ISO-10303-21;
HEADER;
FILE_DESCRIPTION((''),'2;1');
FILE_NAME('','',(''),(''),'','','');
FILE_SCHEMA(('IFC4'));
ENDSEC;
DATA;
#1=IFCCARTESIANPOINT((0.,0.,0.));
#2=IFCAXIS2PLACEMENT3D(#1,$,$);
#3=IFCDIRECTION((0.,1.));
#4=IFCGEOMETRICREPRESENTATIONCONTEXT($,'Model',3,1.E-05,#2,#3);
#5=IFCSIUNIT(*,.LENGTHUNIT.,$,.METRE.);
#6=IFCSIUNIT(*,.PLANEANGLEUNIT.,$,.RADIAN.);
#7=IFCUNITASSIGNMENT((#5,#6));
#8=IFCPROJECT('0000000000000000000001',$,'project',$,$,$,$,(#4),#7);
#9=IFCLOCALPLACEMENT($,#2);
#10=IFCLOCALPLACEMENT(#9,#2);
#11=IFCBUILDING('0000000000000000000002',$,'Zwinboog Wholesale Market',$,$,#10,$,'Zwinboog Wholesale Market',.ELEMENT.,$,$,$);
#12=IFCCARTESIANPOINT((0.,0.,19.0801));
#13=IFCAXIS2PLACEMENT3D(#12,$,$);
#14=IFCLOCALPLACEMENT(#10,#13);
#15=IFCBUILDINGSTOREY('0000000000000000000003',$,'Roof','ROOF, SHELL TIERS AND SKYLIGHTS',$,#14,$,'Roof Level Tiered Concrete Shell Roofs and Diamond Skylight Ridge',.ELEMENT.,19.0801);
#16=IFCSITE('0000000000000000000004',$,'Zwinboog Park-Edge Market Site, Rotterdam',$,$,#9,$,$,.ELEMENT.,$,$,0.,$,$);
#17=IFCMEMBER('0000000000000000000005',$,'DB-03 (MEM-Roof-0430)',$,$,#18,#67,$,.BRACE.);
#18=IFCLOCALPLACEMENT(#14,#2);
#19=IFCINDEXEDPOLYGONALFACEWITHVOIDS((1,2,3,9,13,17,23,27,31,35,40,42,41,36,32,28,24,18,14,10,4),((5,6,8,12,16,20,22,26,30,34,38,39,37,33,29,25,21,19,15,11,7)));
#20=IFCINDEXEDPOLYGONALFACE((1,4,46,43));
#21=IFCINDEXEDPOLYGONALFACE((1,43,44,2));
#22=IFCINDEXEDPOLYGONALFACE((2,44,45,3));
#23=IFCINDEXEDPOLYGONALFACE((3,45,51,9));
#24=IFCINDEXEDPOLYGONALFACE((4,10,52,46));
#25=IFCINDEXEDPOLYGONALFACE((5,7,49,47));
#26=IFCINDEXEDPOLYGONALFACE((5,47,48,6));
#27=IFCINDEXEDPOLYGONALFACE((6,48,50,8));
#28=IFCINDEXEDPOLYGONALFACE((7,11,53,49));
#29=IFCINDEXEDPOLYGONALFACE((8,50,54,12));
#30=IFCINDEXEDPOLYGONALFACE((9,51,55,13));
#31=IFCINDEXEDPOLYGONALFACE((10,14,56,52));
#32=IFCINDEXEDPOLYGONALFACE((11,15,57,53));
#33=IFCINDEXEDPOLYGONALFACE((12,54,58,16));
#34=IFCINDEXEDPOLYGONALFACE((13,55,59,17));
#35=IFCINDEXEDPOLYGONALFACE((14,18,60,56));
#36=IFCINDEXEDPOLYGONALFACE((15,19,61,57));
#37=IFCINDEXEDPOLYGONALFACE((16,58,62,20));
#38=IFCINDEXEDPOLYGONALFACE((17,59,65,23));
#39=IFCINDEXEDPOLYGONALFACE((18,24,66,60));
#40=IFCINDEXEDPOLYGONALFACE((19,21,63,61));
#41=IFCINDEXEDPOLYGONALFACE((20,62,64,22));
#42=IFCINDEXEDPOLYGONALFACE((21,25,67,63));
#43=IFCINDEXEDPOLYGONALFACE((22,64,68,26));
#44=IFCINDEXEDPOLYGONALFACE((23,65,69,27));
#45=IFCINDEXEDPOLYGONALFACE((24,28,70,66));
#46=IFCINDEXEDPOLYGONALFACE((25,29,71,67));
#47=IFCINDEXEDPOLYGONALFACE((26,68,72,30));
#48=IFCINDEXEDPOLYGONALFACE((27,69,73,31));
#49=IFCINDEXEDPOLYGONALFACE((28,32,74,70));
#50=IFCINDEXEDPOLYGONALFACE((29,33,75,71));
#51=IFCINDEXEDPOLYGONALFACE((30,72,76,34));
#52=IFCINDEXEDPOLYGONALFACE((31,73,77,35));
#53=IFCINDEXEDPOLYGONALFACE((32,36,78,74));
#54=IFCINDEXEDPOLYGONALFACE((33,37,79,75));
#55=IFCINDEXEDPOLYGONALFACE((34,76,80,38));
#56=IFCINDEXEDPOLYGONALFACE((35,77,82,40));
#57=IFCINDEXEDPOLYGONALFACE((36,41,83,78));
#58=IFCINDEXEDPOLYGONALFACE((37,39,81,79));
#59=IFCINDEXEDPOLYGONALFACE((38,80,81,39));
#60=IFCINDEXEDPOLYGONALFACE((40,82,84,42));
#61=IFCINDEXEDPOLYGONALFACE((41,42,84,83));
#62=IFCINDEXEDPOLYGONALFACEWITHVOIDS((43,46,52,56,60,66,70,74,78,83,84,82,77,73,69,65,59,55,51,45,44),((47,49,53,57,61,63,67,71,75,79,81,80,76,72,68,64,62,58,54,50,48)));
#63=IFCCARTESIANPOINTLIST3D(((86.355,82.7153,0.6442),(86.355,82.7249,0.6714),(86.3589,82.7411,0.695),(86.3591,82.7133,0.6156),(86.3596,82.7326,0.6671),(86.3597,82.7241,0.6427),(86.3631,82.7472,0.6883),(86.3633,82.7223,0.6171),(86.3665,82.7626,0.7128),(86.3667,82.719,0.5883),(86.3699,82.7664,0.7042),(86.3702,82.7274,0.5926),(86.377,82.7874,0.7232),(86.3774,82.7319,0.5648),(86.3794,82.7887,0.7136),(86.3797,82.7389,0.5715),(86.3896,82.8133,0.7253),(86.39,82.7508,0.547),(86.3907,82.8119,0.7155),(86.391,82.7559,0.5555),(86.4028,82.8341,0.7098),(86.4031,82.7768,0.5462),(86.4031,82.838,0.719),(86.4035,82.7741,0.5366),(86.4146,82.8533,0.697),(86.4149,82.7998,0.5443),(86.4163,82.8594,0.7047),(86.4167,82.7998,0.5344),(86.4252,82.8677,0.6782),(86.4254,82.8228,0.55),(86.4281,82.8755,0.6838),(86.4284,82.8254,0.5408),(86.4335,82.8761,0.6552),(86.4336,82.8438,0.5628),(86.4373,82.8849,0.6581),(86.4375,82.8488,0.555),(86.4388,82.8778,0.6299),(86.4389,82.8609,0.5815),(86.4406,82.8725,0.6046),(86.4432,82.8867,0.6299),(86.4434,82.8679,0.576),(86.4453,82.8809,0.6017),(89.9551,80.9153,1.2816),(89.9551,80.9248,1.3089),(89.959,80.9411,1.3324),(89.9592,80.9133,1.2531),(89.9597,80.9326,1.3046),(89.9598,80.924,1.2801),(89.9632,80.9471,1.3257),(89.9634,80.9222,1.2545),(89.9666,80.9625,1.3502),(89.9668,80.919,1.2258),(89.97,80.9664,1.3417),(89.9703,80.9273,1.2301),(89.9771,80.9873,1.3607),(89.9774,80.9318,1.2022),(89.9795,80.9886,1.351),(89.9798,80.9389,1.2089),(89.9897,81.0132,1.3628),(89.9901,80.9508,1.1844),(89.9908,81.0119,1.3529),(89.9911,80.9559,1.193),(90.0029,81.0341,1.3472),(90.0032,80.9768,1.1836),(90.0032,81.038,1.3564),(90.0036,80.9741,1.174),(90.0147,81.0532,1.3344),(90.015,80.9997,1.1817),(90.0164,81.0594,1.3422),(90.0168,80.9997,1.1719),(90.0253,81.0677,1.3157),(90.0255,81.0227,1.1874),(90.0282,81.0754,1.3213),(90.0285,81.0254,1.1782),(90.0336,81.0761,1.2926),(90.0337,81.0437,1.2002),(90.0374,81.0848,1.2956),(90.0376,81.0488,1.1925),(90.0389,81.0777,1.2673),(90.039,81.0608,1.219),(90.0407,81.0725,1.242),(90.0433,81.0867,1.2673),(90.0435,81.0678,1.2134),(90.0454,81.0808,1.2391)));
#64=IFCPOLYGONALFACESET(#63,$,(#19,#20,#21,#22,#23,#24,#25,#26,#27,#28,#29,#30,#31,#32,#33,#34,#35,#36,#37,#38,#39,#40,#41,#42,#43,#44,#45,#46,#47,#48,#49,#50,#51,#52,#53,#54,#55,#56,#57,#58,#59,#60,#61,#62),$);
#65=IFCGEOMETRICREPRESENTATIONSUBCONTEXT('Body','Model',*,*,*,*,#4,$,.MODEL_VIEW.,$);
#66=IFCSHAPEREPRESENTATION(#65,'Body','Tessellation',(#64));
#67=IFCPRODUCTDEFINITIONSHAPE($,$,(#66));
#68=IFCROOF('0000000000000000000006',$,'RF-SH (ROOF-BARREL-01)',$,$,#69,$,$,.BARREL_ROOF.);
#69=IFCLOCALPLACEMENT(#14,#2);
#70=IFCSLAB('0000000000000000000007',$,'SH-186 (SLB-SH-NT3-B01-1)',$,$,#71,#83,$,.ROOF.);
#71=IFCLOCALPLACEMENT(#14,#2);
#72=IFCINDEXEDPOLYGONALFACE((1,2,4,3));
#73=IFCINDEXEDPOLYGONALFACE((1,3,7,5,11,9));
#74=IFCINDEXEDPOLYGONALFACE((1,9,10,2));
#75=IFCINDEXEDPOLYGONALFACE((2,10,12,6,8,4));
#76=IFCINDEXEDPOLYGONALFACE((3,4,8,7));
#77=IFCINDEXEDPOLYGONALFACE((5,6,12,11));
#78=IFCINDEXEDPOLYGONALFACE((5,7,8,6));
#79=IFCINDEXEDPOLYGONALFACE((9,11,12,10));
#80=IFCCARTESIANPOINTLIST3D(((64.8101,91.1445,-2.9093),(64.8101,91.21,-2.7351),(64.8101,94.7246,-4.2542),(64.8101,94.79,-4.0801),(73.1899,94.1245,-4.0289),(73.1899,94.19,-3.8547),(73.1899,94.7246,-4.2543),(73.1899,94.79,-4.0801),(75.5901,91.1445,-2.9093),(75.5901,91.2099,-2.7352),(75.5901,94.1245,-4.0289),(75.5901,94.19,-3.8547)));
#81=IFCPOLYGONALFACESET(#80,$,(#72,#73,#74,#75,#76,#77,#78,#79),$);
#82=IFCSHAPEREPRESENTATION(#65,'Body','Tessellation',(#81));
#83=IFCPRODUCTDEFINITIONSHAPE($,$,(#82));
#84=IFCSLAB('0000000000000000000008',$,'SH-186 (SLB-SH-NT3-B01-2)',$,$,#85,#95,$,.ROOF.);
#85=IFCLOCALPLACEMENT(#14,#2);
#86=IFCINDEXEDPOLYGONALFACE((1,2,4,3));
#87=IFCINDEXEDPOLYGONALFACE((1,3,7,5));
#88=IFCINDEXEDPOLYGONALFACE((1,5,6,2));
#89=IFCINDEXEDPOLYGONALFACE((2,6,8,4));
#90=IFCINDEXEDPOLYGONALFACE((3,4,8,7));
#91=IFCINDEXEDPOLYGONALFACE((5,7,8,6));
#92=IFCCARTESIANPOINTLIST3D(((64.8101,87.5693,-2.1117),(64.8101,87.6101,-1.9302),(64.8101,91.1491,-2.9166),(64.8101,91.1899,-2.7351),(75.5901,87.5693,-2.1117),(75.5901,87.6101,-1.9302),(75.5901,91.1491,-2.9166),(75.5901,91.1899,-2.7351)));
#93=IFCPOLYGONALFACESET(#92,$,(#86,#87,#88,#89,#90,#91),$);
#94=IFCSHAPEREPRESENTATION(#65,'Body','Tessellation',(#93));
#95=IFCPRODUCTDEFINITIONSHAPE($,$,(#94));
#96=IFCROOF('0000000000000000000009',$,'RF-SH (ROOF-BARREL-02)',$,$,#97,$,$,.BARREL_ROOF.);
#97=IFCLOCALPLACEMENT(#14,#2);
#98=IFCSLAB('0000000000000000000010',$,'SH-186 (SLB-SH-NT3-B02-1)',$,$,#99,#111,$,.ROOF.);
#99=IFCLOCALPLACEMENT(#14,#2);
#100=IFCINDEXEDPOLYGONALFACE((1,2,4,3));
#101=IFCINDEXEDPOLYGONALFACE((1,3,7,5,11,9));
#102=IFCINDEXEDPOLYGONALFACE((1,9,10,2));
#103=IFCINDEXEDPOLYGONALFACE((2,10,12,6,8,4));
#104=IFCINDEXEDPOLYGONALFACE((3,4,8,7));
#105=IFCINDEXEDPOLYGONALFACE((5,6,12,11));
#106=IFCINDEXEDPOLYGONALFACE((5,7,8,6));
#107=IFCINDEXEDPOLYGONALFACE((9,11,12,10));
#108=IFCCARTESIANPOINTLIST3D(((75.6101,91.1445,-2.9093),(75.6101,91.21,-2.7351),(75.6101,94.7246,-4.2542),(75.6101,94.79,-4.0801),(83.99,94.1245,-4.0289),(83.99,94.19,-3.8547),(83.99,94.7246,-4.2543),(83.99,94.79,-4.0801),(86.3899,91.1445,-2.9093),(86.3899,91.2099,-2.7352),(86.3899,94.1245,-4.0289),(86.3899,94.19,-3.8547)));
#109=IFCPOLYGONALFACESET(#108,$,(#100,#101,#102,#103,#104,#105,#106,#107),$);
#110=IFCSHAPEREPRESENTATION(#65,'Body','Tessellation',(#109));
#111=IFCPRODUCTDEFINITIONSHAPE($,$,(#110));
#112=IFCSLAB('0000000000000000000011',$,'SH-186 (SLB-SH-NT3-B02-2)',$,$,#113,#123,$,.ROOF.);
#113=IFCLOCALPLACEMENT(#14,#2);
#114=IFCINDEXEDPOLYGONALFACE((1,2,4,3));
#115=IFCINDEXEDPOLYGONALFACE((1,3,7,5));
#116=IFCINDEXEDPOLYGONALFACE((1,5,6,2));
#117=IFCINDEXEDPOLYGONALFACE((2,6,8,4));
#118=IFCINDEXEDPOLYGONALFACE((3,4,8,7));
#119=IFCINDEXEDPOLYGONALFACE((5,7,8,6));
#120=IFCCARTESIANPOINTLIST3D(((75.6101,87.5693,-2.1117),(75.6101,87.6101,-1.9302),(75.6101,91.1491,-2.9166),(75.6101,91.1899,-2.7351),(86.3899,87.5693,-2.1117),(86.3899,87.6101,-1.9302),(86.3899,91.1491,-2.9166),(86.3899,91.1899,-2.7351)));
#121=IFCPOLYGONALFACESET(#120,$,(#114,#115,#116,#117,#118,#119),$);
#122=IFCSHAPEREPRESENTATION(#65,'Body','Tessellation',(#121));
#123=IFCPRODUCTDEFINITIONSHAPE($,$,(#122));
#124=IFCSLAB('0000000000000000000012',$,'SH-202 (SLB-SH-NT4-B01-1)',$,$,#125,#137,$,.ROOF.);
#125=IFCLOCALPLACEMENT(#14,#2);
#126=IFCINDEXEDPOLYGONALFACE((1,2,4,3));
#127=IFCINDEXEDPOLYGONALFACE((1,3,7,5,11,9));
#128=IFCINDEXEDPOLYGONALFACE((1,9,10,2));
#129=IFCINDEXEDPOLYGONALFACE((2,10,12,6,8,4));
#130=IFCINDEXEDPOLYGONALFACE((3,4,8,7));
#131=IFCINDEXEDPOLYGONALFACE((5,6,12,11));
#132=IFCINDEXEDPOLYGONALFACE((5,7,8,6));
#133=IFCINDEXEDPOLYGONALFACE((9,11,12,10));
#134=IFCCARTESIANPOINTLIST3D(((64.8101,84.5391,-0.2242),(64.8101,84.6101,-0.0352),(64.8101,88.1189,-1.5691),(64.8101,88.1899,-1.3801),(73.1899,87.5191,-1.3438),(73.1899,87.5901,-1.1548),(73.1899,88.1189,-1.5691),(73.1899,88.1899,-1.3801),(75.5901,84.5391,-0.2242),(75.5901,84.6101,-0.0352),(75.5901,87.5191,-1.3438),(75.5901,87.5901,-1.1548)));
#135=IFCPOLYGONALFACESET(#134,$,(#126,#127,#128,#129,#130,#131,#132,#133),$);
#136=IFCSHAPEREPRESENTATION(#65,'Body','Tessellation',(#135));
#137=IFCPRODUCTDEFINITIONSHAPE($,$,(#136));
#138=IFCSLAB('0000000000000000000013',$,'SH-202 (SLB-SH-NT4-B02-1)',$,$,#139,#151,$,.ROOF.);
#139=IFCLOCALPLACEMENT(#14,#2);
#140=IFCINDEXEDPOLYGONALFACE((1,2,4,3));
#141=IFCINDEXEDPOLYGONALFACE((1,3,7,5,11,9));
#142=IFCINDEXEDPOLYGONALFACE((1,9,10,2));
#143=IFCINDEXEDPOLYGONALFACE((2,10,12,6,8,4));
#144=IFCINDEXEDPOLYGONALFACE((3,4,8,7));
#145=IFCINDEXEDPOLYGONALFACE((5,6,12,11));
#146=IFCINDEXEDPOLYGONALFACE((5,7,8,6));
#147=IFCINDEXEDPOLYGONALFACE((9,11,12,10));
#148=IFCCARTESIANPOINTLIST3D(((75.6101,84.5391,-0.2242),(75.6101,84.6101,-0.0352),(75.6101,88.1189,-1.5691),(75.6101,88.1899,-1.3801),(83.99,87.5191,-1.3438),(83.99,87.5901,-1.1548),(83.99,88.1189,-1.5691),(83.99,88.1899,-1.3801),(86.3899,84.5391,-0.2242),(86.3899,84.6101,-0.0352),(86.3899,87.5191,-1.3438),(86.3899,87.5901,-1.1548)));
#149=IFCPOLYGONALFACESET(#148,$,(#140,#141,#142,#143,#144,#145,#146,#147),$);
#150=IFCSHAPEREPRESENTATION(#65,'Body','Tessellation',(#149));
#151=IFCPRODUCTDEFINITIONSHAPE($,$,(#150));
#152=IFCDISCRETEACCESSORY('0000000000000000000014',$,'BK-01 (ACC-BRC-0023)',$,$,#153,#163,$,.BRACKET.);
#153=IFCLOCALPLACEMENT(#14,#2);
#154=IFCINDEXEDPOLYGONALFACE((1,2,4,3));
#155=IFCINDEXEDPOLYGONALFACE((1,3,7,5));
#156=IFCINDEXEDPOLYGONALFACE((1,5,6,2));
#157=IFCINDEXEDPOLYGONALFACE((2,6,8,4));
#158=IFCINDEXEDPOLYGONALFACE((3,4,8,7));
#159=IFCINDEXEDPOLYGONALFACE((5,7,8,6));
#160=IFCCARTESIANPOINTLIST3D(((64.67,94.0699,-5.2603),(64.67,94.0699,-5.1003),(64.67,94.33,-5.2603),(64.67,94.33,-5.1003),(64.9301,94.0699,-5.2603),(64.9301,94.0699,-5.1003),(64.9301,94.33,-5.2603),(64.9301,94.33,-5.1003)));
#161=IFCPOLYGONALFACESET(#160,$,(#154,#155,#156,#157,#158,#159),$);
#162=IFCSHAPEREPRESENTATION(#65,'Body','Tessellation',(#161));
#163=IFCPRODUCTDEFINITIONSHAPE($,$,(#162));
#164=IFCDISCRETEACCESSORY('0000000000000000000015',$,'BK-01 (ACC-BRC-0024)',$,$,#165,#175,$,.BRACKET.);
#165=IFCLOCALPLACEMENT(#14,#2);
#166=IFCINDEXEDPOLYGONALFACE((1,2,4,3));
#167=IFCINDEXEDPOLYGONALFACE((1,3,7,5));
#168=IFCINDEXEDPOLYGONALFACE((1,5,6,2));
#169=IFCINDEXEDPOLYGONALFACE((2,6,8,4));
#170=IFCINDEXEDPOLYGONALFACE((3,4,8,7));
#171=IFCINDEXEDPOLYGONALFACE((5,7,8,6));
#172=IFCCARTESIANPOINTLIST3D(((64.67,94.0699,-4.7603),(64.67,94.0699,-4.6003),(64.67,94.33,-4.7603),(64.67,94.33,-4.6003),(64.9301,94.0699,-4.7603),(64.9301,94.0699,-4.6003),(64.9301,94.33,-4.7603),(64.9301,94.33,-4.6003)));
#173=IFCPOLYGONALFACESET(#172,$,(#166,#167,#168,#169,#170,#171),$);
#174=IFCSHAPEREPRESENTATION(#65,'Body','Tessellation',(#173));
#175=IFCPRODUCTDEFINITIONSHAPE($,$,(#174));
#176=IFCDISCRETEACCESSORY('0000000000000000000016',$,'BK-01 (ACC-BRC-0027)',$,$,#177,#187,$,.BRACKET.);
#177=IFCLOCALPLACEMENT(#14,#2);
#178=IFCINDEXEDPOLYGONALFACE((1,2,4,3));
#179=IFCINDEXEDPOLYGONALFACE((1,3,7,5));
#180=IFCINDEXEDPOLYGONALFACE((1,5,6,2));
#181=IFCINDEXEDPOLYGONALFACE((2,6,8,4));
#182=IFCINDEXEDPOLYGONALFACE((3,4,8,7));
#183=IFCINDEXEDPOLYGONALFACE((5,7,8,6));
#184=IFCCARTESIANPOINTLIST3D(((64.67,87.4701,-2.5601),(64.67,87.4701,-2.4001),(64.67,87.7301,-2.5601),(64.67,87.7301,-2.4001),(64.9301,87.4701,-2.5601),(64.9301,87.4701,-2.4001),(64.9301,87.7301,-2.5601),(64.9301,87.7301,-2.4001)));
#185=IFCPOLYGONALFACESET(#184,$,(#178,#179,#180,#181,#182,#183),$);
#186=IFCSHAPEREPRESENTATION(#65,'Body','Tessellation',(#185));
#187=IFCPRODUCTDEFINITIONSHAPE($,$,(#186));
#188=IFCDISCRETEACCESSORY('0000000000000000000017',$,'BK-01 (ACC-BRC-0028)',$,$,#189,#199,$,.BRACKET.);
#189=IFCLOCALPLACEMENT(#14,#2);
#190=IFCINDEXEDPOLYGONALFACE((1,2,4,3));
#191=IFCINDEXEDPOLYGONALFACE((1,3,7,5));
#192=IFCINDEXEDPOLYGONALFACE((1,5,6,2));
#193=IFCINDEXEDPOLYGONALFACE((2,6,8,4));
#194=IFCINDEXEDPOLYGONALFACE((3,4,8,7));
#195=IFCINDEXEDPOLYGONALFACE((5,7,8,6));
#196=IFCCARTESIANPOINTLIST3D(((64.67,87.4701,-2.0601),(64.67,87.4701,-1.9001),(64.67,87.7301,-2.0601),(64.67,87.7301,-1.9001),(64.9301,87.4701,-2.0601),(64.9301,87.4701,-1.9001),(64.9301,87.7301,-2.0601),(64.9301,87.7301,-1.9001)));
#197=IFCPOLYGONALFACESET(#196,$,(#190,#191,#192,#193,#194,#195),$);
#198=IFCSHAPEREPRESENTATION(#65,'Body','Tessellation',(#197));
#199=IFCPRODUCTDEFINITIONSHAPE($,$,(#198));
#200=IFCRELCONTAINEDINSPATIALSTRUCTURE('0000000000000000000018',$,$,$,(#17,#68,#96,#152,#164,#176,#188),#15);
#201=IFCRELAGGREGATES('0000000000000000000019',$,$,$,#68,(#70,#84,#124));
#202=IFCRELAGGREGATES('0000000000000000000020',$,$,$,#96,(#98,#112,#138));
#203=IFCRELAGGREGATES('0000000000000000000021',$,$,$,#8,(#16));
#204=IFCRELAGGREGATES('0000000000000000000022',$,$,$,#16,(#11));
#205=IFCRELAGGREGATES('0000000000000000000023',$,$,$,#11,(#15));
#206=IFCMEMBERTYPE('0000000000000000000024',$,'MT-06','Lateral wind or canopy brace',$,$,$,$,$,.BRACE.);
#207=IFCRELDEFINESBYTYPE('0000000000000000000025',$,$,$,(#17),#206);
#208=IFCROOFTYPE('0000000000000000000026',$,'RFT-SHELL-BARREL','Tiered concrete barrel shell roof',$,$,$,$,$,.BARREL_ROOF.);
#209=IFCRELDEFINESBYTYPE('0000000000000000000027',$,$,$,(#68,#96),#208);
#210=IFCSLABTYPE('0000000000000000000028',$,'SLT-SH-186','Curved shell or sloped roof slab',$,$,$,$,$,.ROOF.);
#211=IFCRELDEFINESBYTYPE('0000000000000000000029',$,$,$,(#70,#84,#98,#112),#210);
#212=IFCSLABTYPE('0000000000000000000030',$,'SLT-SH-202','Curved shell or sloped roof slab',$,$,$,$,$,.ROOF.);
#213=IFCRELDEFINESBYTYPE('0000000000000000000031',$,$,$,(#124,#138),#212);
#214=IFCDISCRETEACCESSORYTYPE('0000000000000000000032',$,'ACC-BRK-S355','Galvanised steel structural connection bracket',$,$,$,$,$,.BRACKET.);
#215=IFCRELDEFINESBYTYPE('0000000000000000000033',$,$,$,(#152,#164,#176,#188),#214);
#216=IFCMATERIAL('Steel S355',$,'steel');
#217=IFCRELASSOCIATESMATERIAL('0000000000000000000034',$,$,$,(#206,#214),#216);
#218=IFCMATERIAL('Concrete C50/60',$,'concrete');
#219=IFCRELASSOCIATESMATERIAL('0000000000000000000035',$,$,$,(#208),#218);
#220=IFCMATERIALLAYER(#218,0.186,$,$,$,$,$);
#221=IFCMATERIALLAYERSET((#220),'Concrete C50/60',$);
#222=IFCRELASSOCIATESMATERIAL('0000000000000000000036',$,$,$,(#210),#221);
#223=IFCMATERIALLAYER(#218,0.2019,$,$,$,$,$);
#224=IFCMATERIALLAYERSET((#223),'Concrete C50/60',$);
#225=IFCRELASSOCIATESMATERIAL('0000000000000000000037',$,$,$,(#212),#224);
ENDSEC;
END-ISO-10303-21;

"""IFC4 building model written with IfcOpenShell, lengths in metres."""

from ifc_helpers import new_model, si_unit, direction, frame, origin, origin_2d, place, context, subcontext, project, spatial, polyline, rectangle, hollow_circle, outline, extrude, material, layer, layer_set, material_profile, profile_set, type_object, element, aggregate, save


model = new_model("IFC4")

# Units and contexts
model_context = context("Model", 3, precision=1e-05, world=origin(), true_north=direction((0.0, 1.0)))
body_context = subcontext(model_context, "Body", "Model", "MODEL_VIEW")
ifc_project = project(units=[si_unit("LENGTHUNIT", "METRE"), si_unit("PLANEANGLEUNIT", "RADIAN")], contexts=[model_context])

# Site, building, storey
site_placement = place(None, origin())
site = spatial("IfcSite", under=ifc_project, at=site_placement, Name="Zwinboog Park-Edge Market Site, Rotterdam", CompositionType="ELEMENT", RefElevation=0.0)
building_placement = place(site_placement, origin())
building = spatial("IfcBuilding", under=site, at=building_placement, Name="Zwinboog Wholesale Market", LongName="Zwinboog Wholesale Market", CompositionType="ELEMENT")
storey_placement = place(building_placement, frame((0.0, 0.0, 19.0801)))
storey = spatial("IfcBuildingStorey", under=building, at=storey_placement, Name="Roof", Description="ROOF, SHELL TIERS AND SKYLIGHTS", LongName="Roof Level Tiered Concrete Shell Roofs and Diamond Skylight Ridge", CompositionType="ELEMENT", Elevation=19.0801)

# Member
ifc_material_1 = material(Name="Steel S355", Category="steel")
ifc_material_profile_1 = material_profile(ifc_material_1, hollow_circle(Radius=0.0969, WallThickness=0.01, at=origin_2d()), Name="CHS 193.7x10")
ifc_profile_set_1 = profile_set([ifc_material_profile_1], Name="Steel S355")
member_type_1 = type_object("IfcMemberType", Name="MT-06", Description="Lateral wind or canopy brace", PredefinedType="BRACE", material=ifc_profile_set_1)
for number, where, z_axis, x_axis, name in (
    (1, (86.3999, 82.8, 0.6299), (0.883417, -0.441709, 0.156422), (0.447214, 0.894427, 0.0), "DB-03 (MEM-Roof-0430)"),
):
    element("IfcMember", number, at=place(storey_placement, frame(where, z_axis=z_axis, x_axis=x_axis)), inside=storey, type_object=member_type_1, Name=name, PredefinedType="BRACE", context=body_context, shape_type="SweptSolid", body=[
        extrude(hollow_circle(Radius=0.0969, WallThickness=0.01, at=origin_2d()), origin(), (0.0, 0.0, 1.0), 4.0752),
    ])

# Roofs, slabs
ifc_material_2 = material(Name="Concrete C50/60", Category="concrete")
roof_type = type_object("IfcRoofType", Name="RFT-SHELL-BARREL", Description="Tiered concrete barrel shell roof", PredefinedType="BARREL_ROOF", material=ifc_material_2)
roof_1_placement = place(storey_placement, origin())
roof_1 = element("IfcRoof", 2, at=roof_1_placement, inside=storey, type_object=roof_type, Name="RF-SH (ROOF-BARREL-01)", PredefinedType="BARREL_ROOF")
ifc_layer_1 = layer(ifc_material_2, 0.186)
ifc_layer_set_1 = layer_set([ifc_layer_1], Name="Concrete C50/60")
slab_type_1 = type_object("IfcSlabType", Name="SLT-SH-186", Description="Curved shell or sloped roof slab", PredefinedType="ROOF", material=ifc_layer_set_1)
slab_1_placement = place(storey_placement, frame((64.8101, 91.21, -2.7351), z_axis=(0.000005, 0.351689, 0.936117), x_axis=(1.0, -0.000002, -0.000004)))
slab_1 = element("IfcSlab", 3, at=slab_1_placement, type_object=slab_type_1, Name="SH-186 (SLB-SH-NT3-B01-1)", PredefinedType="ROOF", context=body_context, shape_type="SweptSolid", body=[
    extrude(outline(polyline([(0.0, 0.0), (10.78, 0.0), (10.78, 3.1834), (8.3799, 3.1834), (8.3799, 3.8244), (0.0, 3.8244), (0.0, 0.0)])), origin(), (0.0, 0.0, -1.0), 0.186),
])
slab_2_placement = place(storey_placement, frame((64.8101, 87.6101, -1.9302), z_axis=(0.0, 0.219374, 0.975641), x_axis=(1.0, 0.0, 0.0)))
slab_2 = element("IfcSlab", 4, at=slab_2_placement, type_object=slab_type_1, Name="SH-186 (SLB-SH-NT3-B01-2)", PredefinedType="ROOF", context=body_context, shape_type="SweptSolid", body=[
    extrude(outline(polyline([(0.0, 0.0), (10.78, 0.0), (10.78, 3.6692), (0.0, 3.6692), (0.0, 0.0)])), origin(), (0.0, 0.0, -1.0), 0.186),
])
roof_2_placement = place(storey_placement, origin())
roof_2 = element("IfcRoof", 5, at=roof_2_placement, inside=storey, type_object=roof_type, Name="RF-SH (ROOF-BARREL-02)", PredefinedType="BARREL_ROOF")
slab_3_placement = place(storey_placement, frame((75.6101, 91.21, -2.7351), z_axis=(0.000005, 0.351689, 0.936117), x_axis=(1.0, -0.000002, -0.000004)))
slab_3 = element("IfcSlab", 6, at=slab_3_placement, type_object=slab_type_1, Name="SH-186 (SLB-SH-NT3-B02-1)", PredefinedType="ROOF", context=body_context, shape_type="SweptSolid", body=[
    extrude(outline(polyline([(0.0, 0.0), (10.7798, 0.0), (10.7798, 3.1834), (8.3799, 3.1834), (8.3799, 3.8244), (0.0, 3.8244), (0.0, 0.0)])), origin(), (0.0, 0.0, -1.0), 0.186),
])
slab_4_placement = place(storey_placement, frame((75.6101, 87.6101, -1.9302), z_axis=(0.0, 0.219374, 0.975641), x_axis=(1.0, 0.0, 0.0)))
slab_4 = element("IfcSlab", 7, at=slab_4_placement, type_object=slab_type_1, Name="SH-186 (SLB-SH-NT3-B02-2)", PredefinedType="ROOF", context=body_context, shape_type="SweptSolid", body=[
    extrude(outline(polyline([(0.0, 0.0), (10.7798, 0.0), (10.7798, 3.6692), (0.0, 3.6692), (0.0, 0.0)])), origin(), (0.0, 0.0, -1.0), 0.186),
])

# Slabs
ifc_layer_2 = layer(ifc_material_2, 0.2019)
ifc_layer_set_2 = layer_set([ifc_layer_2], Name="Concrete C50/60")
slab_type_2 = type_object("IfcSlabType", Name="SLT-SH-202", Description="Curved shell or sloped roof slab", PredefinedType="ROOF", material=ifc_layer_set_2)
slab_5_placement = place(storey_placement, frame((64.8101, 84.6101, -0.0352), z_axis=(0.000001, 0.351706, 0.936111), x_axis=(1.0, 0.0, -0.000001)))
slab_5 = element("IfcSlab", 8, at=slab_5_placement, type_object=slab_type_2, Name="SH-202 (SLB-SH-NT4-B01-1)", PredefinedType="ROOF", context=body_context, shape_type="SweptSolid", body=[
    extrude(outline(polyline([(0.0, 0.0), (10.78, 0.0), (10.78, 3.1834), (8.3799, 3.1834), (8.3799, 3.8242), (0.0, 3.8242), (0.0, 0.0)])), origin(), (0.0, 0.0, -1.0), 0.2019),
])
aggregate(roof_1, [slab_1, slab_2, slab_5])
slab_6_placement = place(storey_placement, frame((75.6101, 84.6101, -0.0352), z_axis=(0.000001, 0.351706, 0.936111), x_axis=(1.0, 0.0, -0.000001)))
slab_6 = element("IfcSlab", 9, at=slab_6_placement, type_object=slab_type_2, Name="SH-202 (SLB-SH-NT4-B02-1)", PredefinedType="ROOF", context=body_context, shape_type="SweptSolid", body=[
    extrude(outline(polyline([(0.0, 0.0), (10.7798, 0.0), (10.7798, 3.1834), (8.3799, 3.1834), (8.3799, 3.8242), (0.0, 3.8242), (0.0, 0.0)])), origin(), (0.0, 0.0, -1.0), 0.2019),
])
aggregate(roof_2, [slab_3, slab_4, slab_6])

# Discrete accessories
discrete_accessory_type = type_object("IfcDiscreteAccessoryType", Name="ACC-BRK-S355", Description="Galvanised steel structural connection bracket", PredefinedType="BRACKET", material=ifc_material_1)
for number, where, z_axis, x_axis, name in (
    (10, (64.8, 94.2, -5.2603), (0.0, 0.0, 1.0), (1.0, 0.0, 0.0), "BK-01 (ACC-BRC-0023)"),
    (11, (64.8, 94.2, -4.7603), (0.0, 0.0, 1.0), (1.0, 0.0, 0.0), "BK-01 (ACC-BRC-0024)"),
    (12, (64.8, 87.6001, -2.5601), (0.0, 0.0, 1.0), (1.0, 0.0, 0.0), "BK-01 (ACC-BRC-0027)"),
    (13, (64.8, 87.6001, -2.0601), (0.0, 0.0, 1.0), (1.0, 0.0, 0.0), "BK-01 (ACC-BRC-0028)"),
):
    element("IfcDiscreteAccessory", number, at=place(storey_placement, frame(where, z_axis=z_axis, x_axis=x_axis)), inside=storey, type_object=discrete_accessory_type, Name=name, PredefinedType="BRACKET", context=body_context, shape_type="SweptSolid", body=[
        extrude(rectangle(XDim=0.26, YDim=0.26, at=origin_2d()), origin(), (0.0, 0.0, 1.0), 0.1599),
    ])

save(model, "model.ifc")
